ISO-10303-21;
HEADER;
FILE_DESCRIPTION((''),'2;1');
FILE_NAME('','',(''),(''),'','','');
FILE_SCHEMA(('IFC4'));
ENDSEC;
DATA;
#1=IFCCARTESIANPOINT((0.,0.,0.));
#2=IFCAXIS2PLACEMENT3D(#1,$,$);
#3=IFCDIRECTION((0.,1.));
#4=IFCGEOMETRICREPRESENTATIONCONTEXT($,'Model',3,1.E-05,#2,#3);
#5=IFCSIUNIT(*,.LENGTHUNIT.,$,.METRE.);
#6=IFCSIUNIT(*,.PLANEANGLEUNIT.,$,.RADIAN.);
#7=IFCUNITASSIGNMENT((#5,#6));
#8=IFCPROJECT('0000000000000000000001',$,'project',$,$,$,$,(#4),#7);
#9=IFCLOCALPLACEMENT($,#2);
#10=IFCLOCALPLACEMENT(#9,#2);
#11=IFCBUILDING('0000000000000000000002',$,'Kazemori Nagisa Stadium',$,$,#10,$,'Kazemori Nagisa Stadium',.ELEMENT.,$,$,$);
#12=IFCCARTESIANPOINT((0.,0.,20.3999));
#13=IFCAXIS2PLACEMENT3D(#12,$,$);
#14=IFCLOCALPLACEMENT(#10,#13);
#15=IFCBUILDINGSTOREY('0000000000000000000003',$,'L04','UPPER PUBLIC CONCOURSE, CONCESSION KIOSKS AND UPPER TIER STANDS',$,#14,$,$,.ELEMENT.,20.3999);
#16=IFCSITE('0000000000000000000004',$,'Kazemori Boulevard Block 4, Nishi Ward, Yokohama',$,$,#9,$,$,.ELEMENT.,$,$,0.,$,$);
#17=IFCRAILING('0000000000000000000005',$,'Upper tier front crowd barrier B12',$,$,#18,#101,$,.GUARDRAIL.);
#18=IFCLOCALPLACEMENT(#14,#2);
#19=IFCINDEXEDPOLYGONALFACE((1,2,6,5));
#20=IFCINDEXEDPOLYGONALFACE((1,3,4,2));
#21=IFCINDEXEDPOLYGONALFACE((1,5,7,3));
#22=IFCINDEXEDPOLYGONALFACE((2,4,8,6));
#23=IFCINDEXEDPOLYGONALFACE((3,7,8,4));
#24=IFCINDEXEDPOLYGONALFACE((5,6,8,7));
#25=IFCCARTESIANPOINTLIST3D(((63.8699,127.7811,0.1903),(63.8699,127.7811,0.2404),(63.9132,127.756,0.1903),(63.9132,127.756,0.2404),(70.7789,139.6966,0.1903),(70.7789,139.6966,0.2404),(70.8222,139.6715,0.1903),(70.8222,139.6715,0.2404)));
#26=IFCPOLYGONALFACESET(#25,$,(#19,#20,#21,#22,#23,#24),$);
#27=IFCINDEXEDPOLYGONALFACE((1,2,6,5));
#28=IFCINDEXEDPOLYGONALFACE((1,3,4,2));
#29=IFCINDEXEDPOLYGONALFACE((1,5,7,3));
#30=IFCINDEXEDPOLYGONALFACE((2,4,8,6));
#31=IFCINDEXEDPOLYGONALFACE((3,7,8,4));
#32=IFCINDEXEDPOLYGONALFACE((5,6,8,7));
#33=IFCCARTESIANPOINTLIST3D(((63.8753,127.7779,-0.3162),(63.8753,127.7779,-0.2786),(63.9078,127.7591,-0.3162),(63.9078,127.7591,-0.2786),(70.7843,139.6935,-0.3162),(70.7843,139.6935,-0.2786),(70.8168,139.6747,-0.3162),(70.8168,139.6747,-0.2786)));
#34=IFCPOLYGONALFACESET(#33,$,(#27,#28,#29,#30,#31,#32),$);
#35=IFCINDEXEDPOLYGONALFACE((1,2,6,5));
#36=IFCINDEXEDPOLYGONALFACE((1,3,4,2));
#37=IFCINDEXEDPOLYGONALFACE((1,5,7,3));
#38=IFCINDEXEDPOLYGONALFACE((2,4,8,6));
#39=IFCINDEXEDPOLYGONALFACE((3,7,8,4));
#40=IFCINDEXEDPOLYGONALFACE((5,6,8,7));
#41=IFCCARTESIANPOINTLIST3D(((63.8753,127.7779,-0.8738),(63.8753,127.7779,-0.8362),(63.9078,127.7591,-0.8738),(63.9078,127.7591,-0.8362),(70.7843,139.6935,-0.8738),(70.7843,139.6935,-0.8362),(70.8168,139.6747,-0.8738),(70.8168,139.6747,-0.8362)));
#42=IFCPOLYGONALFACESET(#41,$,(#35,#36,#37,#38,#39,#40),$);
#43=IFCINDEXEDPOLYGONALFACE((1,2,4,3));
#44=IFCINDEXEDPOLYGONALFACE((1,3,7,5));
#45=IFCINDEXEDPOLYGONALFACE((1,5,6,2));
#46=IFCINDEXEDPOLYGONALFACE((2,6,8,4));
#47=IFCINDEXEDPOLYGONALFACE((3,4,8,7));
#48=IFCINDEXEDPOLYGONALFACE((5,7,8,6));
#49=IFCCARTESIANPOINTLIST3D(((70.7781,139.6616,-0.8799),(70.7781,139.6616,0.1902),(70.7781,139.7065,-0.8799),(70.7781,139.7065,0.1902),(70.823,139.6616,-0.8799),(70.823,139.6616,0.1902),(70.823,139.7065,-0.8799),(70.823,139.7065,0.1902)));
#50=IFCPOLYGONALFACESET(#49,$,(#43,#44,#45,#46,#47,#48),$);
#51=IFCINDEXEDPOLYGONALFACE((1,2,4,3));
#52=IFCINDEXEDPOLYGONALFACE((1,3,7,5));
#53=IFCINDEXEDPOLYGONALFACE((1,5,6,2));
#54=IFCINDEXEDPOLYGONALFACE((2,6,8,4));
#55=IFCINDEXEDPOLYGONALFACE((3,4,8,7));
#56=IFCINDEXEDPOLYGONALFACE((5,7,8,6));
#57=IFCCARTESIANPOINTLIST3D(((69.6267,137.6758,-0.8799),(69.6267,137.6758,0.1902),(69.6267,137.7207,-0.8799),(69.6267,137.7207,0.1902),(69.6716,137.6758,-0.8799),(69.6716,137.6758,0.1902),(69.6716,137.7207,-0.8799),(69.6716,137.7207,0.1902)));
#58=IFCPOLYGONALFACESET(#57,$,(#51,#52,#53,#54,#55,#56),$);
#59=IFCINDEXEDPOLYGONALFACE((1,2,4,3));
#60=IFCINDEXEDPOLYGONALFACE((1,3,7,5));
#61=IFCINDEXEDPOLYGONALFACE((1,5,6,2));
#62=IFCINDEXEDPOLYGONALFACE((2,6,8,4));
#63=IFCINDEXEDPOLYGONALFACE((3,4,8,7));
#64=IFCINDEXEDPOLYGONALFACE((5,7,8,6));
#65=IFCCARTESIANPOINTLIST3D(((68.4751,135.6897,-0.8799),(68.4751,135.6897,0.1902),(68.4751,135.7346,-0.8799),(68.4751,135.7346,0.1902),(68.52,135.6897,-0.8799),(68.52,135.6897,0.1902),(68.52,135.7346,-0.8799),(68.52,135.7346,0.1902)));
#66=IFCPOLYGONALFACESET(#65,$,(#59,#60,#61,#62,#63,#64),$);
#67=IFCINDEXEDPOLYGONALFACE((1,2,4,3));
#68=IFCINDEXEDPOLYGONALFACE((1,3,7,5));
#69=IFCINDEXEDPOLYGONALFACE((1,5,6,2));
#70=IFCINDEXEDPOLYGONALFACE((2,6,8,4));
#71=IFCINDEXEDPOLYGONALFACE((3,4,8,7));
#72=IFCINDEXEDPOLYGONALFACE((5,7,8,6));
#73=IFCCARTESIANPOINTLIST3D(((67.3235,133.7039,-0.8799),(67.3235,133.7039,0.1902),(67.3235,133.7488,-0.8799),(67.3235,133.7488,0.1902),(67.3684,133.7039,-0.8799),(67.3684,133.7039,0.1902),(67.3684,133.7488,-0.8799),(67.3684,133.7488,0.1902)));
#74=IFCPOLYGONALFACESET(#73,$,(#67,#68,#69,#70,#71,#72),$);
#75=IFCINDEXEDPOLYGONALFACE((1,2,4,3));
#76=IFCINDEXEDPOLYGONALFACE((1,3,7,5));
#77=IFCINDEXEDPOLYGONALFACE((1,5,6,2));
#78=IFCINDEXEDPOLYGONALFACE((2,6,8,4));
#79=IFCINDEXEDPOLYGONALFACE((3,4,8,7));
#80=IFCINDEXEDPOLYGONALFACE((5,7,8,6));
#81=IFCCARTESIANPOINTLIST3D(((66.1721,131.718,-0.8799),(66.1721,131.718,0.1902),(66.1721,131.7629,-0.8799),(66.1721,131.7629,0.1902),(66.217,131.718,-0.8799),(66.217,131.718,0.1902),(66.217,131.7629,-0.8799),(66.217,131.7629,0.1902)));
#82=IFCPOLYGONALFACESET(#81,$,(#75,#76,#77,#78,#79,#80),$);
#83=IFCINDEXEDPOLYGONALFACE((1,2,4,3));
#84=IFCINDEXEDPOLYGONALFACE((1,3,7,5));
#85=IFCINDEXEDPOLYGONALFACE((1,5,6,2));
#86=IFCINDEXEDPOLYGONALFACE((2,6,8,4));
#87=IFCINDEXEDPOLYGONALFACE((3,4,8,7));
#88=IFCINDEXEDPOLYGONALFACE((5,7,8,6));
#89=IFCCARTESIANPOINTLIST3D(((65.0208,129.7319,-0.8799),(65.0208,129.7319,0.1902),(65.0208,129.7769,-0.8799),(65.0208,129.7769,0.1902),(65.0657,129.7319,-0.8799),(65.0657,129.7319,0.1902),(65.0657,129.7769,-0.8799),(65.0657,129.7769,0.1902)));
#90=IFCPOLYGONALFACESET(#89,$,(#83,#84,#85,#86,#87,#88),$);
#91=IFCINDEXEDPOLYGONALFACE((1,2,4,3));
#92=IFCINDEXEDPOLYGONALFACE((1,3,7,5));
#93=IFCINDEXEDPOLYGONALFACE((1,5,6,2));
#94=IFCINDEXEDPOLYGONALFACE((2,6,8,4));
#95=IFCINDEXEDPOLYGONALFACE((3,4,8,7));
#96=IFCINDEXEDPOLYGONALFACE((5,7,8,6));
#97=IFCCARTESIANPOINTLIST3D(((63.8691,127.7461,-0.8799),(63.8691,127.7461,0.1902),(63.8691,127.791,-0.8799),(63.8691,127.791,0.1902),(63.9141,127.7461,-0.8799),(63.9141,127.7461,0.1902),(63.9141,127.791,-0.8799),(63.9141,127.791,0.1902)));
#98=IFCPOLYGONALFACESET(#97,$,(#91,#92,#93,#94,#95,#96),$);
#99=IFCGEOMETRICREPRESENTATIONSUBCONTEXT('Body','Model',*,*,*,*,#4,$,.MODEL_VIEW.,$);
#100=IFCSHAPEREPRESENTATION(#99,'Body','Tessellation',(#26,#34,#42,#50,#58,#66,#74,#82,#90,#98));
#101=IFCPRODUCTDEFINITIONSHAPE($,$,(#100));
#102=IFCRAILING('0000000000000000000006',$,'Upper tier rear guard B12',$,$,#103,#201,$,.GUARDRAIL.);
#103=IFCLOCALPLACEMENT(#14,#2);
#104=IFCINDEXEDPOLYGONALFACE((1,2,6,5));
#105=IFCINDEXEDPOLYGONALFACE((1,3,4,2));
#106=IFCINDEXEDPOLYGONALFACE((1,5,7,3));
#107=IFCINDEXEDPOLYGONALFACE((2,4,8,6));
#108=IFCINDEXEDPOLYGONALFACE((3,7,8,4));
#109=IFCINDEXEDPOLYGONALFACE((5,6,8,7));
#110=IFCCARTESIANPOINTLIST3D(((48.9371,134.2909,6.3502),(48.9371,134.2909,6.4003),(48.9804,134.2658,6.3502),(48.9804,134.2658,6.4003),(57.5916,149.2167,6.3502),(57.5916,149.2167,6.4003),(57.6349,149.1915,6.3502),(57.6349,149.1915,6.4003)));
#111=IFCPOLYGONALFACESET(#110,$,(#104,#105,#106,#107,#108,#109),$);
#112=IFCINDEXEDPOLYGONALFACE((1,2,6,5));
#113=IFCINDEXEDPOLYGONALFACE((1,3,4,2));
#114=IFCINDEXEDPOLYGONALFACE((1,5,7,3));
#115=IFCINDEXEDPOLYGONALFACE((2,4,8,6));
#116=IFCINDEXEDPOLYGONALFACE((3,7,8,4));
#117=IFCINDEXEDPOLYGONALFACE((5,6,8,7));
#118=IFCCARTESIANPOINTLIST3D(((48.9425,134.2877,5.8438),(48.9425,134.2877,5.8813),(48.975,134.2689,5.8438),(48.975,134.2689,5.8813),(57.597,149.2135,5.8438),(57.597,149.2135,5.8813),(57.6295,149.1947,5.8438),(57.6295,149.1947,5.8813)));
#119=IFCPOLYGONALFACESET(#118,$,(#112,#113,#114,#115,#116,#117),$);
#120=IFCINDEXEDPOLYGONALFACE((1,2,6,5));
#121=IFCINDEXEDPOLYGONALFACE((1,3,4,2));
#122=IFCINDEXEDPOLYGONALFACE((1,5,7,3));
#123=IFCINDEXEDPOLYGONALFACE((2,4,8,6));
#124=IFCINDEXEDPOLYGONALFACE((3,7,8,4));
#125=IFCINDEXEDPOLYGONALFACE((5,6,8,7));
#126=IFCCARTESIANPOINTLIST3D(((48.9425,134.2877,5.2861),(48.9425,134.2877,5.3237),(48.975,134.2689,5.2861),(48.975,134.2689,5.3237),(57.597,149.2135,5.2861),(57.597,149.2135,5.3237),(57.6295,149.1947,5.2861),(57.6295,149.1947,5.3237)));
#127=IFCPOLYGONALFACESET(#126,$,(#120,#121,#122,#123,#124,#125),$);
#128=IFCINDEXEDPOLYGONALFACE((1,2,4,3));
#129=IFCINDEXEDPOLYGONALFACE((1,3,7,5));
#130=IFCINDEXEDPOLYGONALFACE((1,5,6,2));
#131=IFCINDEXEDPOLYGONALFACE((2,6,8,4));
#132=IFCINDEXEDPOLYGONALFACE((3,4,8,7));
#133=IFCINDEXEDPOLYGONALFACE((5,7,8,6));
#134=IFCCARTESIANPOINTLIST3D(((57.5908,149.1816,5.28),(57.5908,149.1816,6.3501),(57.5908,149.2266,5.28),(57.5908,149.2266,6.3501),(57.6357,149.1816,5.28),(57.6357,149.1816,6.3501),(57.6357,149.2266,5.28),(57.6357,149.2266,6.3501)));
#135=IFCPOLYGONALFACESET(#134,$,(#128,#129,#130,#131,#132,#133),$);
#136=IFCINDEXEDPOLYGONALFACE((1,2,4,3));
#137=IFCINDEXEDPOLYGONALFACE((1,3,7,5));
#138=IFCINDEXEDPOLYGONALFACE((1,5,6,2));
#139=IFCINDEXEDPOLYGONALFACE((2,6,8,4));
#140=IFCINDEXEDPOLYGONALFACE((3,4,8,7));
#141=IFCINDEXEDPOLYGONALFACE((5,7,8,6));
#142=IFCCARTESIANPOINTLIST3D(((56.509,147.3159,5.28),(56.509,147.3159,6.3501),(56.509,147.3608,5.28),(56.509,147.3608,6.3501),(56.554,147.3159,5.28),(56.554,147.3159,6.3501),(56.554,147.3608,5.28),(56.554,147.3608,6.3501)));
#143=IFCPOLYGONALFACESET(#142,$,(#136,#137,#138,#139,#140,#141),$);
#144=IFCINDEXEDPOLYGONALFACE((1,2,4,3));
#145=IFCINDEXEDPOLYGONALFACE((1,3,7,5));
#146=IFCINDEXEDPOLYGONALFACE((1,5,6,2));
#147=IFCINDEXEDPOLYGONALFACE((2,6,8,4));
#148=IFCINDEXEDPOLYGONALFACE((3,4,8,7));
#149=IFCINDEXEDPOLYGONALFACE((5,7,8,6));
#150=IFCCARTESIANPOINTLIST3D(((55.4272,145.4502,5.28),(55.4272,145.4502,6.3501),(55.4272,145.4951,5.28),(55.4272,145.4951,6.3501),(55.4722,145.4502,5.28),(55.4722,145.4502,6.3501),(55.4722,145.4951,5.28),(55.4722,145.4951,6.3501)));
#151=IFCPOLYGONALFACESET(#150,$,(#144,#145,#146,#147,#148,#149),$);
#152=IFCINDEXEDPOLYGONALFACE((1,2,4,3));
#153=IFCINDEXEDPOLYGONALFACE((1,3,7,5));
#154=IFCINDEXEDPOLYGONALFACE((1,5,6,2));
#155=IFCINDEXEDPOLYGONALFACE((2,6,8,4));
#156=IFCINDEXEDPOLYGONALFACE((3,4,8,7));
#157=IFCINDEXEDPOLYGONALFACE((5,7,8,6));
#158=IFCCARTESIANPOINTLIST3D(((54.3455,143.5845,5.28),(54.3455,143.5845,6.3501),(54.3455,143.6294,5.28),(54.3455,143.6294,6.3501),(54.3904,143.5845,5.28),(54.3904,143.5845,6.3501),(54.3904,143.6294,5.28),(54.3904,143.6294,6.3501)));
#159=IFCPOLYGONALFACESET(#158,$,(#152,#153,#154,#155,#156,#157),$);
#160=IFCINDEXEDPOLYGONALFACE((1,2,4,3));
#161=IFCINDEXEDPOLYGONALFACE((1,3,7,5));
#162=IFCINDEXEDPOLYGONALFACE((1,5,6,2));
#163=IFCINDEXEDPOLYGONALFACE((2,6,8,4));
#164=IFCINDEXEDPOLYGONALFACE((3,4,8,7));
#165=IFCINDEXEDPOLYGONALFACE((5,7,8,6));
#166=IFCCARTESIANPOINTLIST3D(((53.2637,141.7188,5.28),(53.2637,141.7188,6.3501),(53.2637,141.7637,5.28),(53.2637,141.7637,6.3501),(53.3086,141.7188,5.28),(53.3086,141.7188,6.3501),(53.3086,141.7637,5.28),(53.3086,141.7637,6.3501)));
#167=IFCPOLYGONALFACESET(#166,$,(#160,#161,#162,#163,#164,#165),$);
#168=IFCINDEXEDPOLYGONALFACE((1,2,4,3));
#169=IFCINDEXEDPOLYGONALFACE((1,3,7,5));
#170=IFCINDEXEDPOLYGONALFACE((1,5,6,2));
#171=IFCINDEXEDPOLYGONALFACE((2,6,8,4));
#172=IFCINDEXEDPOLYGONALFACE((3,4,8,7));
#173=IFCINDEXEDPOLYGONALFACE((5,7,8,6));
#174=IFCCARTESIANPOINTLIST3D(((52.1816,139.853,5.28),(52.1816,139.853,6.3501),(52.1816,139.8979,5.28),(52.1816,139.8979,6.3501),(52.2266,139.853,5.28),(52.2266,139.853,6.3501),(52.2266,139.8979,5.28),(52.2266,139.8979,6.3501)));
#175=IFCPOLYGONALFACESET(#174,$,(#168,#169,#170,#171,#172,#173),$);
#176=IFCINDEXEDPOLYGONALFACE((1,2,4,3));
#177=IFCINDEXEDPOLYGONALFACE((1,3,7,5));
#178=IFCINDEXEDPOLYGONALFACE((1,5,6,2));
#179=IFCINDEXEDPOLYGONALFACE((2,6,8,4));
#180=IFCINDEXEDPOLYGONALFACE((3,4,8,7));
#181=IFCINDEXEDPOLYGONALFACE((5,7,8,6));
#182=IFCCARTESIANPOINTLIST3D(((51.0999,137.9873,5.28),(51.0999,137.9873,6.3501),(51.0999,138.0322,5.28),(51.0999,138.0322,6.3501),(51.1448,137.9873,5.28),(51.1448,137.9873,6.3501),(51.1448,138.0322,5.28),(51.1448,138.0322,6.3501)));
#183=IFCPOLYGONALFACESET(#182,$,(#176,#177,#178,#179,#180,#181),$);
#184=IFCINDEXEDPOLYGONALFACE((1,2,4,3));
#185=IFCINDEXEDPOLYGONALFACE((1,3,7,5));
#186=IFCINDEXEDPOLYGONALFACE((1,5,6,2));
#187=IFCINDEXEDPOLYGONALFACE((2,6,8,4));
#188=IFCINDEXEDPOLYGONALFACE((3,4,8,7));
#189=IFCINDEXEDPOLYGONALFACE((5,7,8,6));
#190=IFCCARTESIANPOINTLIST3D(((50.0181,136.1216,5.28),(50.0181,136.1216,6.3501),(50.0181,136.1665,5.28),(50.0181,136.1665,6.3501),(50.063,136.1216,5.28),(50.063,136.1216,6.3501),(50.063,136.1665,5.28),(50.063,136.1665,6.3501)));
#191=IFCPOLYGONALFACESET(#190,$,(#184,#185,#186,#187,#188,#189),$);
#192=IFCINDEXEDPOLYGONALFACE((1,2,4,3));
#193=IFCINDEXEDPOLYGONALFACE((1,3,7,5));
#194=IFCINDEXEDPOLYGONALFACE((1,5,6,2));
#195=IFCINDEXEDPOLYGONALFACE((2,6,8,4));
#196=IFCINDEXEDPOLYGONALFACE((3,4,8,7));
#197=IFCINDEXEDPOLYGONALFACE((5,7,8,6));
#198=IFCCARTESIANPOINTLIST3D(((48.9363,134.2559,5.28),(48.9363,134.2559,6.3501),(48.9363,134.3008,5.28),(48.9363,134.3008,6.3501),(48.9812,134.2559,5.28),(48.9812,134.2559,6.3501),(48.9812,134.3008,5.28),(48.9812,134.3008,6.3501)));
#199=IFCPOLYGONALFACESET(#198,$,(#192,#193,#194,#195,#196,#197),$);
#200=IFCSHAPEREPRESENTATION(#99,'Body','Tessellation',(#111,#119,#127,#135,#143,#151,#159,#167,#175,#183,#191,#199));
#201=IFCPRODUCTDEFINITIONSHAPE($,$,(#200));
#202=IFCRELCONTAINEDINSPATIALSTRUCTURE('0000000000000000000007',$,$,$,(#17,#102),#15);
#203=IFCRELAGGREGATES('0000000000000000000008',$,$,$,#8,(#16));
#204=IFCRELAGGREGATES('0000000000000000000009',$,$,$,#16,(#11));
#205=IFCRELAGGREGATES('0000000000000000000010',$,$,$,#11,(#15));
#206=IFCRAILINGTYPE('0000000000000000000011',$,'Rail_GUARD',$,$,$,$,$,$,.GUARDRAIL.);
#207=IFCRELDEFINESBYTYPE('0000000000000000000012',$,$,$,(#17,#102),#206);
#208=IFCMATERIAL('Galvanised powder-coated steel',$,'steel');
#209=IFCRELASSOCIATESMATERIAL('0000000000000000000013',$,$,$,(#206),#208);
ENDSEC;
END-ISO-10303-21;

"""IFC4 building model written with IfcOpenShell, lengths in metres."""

from ifc_helpers import new_model, si_unit, direction, frame, origin, origin_2d, place, context, subcontext, project, spatial, rectangle, extrude, material, type_object, element, save


model = new_model("IFC4")

# Units and contexts
model_context = context("Model", 3, precision=1e-05, world=origin(), true_north=direction((0.0, 1.0)))
body_context = subcontext(model_context, "Body", "Model", "MODEL_VIEW")
ifc_project = project(units=[si_unit("LENGTHUNIT", "METRE"), si_unit("PLANEANGLEUNIT", "RADIAN")], contexts=[model_context])

# Site, building, storey
site_placement = place(None, origin())
site = spatial("IfcSite", under=ifc_project, at=site_placement, Name="Kazemori Boulevard Block 4, Nishi Ward, Yokohama", CompositionType="ELEMENT", RefElevation=0.0)
building_placement = place(site_placement, origin())
building = spatial("IfcBuilding", under=site, at=building_placement, Name="Kazemori Nagisa Stadium", LongName="Kazemori Nagisa Stadium", CompositionType="ELEMENT")
storey_placement = place(building_placement, frame((0.0, 0.0, 20.3999)))
storey = spatial("IfcBuildingStorey", under=building, at=storey_placement, Name="L04", Description="UPPER PUBLIC CONCOURSE, CONCESSION KIOSKS AND UPPER TIER STANDS", CompositionType="ELEMENT", Elevation=20.3999)

# Railings
ifc_material_1 = material(Name="Galvanised powder-coated steel", Category="steel")
railing_type = type_object("IfcRailingType", Name="Rail_GUARD", PredefinedType="GUARDRAIL", material=ifc_material_1)
railing_1_placement = place(storey_placement, frame((70.8005, 139.6841, -0.8799)))
element("IfcRailing", 1, at=railing_1_placement, inside=storey, type_object=railing_type, Name="Upper tier front crowd barrier B12", PredefinedType="GUARDRAIL", context=body_context, shape_type="SweptSolid", body=[
    extrude(rectangle(XDim=0.05, YDim=0.05, at=origin_2d()), frame((0.0, 0.0, 1.0952), z_axis=(-0.501606, -0.865096, 0.0), x_axis=(0.865096, -0.501606, 0.0)), (0.0, 0.0, 1.0), 13.7737),
    extrude(rectangle(XDim=0.0376, YDim=0.0376, at=origin_2d()), frame((0.0, 0.0, 0.5825), z_axis=(-0.501606, -0.865096, 0.0), x_axis=(0.865096, -0.501606, 0.0)), (0.0, 0.0, 1.0), 13.7737),
    extrude(rectangle(XDim=0.0376, YDim=0.0376, at=origin_2d()), frame((0.0, 0.0, 0.0249), z_axis=(-0.501606, -0.865096, 0.0), x_axis=(0.865096, -0.501606, 0.0)), (0.0, 0.0, 1.0), 13.7737),
    extrude(rectangle(XDim=0.0449, YDim=0.0449, at=origin_2d()), origin(), (0.0, 0.0, 1.0), 1.0701),
    extrude(rectangle(XDim=0.0449, YDim=0.0449, at=origin_2d()), frame((-1.1514, -1.9858, 0.0)), (0.0, 0.0, 1.0), 1.0701),
    extrude(rectangle(XDim=0.0449, YDim=0.0449, at=origin_2d()), frame((-2.303, -3.9719, 0.0)), (0.0, 0.0, 1.0), 1.0701),
    extrude(rectangle(XDim=0.0449, YDim=0.0449, at=origin_2d()), frame((-3.4546, -5.9578, 0.0)), (0.0, 0.0, 1.0), 1.0701),
    extrude(rectangle(XDim=0.0449, YDim=0.0449, at=origin_2d()), frame((-4.606, -7.9436, 0.0)), (0.0, 0.0, 1.0), 1.0701),
    extrude(rectangle(XDim=0.0449, YDim=0.0449, at=origin_2d()), frame((-5.7573, -9.9297, 0.0)), (0.0, 0.0, 1.0), 1.0701),
    extrude(rectangle(XDim=0.0449, YDim=0.0449, at=origin_2d()), frame((-6.9089, -11.9155, 0.0)), (0.0, 0.0, 1.0), 1.0701),
])
railing_2_placement = place(storey_placement, frame((57.6133, 149.2041, 5.28)))
element("IfcRailing", 2, at=railing_2_placement, inside=storey, type_object=railing_type, Name="Upper tier rear guard B12", PredefinedType="GUARDRAIL", context=body_context, shape_type="SweptSolid", body=[
    extrude(rectangle(XDim=0.05, YDim=0.05, at=origin_2d()), frame((0.0, 0.0, 1.0952), z_axis=(-0.501613, -0.865092, 0.0), x_axis=(0.865092, -0.501613, 0.0)), (0.0, 0.0, 1.0), 17.2534),
    extrude(rectangle(XDim=0.0376, YDim=0.0376, at=origin_2d()), frame((0.0, 0.0, 0.5825), z_axis=(-0.501613, -0.865092, 0.0), x_axis=(0.865092, -0.501613, 0.0)), (0.0, 0.0, 1.0), 17.2534),
    extrude(rectangle(XDim=0.0376, YDim=0.0376, at=origin_2d()), frame((0.0, 0.0, 0.0249), z_axis=(-0.501613, -0.865092, 0.0), x_axis=(0.865092, -0.501613, 0.0)), (0.0, 0.0, 1.0), 17.2534),
    extrude(rectangle(XDim=0.0449, YDim=0.0449, at=origin_2d()), origin(), (0.0, 0.0, 1.0), 1.0701),
    extrude(rectangle(XDim=0.0449, YDim=0.0449, at=origin_2d()), frame((-1.0818, -1.8657, 0.0)), (0.0, 0.0, 1.0), 1.0701),
    extrude(rectangle(XDim=0.0449, YDim=0.0449, at=origin_2d()), frame((-2.1636, -3.7314, 0.0)), (0.0, 0.0, 1.0), 1.0701),
    extrude(rectangle(XDim=0.0449, YDim=0.0449, at=origin_2d()), frame((-3.2454, -5.5972, 0.0)), (0.0, 0.0, 1.0), 1.0701),
    extrude(rectangle(XDim=0.0449, YDim=0.0449, at=origin_2d()), frame((-4.3271, -7.4629, 0.0)), (0.0, 0.0, 1.0), 1.0701),
    extrude(rectangle(XDim=0.0449, YDim=0.0449, at=origin_2d()), frame((-5.4092, -9.3286, 0.0)), (0.0, 0.0, 1.0), 1.0701),
    extrude(rectangle(XDim=0.0449, YDim=0.0449, at=origin_2d()), frame((-6.491, -11.1943, 0.0)), (0.0, 0.0, 1.0), 1.0701),
    extrude(rectangle(XDim=0.0449, YDim=0.0449, at=origin_2d()), frame((-7.5728, -13.0601, 0.0)), (0.0, 0.0, 1.0), 1.0701),
    extrude(rectangle(XDim=0.0449, YDim=0.0449, at=origin_2d()), frame((-8.6545, -14.9258, 0.0)), (0.0, 0.0, 1.0), 1.0701),
])

save(model, "model.ifc")
